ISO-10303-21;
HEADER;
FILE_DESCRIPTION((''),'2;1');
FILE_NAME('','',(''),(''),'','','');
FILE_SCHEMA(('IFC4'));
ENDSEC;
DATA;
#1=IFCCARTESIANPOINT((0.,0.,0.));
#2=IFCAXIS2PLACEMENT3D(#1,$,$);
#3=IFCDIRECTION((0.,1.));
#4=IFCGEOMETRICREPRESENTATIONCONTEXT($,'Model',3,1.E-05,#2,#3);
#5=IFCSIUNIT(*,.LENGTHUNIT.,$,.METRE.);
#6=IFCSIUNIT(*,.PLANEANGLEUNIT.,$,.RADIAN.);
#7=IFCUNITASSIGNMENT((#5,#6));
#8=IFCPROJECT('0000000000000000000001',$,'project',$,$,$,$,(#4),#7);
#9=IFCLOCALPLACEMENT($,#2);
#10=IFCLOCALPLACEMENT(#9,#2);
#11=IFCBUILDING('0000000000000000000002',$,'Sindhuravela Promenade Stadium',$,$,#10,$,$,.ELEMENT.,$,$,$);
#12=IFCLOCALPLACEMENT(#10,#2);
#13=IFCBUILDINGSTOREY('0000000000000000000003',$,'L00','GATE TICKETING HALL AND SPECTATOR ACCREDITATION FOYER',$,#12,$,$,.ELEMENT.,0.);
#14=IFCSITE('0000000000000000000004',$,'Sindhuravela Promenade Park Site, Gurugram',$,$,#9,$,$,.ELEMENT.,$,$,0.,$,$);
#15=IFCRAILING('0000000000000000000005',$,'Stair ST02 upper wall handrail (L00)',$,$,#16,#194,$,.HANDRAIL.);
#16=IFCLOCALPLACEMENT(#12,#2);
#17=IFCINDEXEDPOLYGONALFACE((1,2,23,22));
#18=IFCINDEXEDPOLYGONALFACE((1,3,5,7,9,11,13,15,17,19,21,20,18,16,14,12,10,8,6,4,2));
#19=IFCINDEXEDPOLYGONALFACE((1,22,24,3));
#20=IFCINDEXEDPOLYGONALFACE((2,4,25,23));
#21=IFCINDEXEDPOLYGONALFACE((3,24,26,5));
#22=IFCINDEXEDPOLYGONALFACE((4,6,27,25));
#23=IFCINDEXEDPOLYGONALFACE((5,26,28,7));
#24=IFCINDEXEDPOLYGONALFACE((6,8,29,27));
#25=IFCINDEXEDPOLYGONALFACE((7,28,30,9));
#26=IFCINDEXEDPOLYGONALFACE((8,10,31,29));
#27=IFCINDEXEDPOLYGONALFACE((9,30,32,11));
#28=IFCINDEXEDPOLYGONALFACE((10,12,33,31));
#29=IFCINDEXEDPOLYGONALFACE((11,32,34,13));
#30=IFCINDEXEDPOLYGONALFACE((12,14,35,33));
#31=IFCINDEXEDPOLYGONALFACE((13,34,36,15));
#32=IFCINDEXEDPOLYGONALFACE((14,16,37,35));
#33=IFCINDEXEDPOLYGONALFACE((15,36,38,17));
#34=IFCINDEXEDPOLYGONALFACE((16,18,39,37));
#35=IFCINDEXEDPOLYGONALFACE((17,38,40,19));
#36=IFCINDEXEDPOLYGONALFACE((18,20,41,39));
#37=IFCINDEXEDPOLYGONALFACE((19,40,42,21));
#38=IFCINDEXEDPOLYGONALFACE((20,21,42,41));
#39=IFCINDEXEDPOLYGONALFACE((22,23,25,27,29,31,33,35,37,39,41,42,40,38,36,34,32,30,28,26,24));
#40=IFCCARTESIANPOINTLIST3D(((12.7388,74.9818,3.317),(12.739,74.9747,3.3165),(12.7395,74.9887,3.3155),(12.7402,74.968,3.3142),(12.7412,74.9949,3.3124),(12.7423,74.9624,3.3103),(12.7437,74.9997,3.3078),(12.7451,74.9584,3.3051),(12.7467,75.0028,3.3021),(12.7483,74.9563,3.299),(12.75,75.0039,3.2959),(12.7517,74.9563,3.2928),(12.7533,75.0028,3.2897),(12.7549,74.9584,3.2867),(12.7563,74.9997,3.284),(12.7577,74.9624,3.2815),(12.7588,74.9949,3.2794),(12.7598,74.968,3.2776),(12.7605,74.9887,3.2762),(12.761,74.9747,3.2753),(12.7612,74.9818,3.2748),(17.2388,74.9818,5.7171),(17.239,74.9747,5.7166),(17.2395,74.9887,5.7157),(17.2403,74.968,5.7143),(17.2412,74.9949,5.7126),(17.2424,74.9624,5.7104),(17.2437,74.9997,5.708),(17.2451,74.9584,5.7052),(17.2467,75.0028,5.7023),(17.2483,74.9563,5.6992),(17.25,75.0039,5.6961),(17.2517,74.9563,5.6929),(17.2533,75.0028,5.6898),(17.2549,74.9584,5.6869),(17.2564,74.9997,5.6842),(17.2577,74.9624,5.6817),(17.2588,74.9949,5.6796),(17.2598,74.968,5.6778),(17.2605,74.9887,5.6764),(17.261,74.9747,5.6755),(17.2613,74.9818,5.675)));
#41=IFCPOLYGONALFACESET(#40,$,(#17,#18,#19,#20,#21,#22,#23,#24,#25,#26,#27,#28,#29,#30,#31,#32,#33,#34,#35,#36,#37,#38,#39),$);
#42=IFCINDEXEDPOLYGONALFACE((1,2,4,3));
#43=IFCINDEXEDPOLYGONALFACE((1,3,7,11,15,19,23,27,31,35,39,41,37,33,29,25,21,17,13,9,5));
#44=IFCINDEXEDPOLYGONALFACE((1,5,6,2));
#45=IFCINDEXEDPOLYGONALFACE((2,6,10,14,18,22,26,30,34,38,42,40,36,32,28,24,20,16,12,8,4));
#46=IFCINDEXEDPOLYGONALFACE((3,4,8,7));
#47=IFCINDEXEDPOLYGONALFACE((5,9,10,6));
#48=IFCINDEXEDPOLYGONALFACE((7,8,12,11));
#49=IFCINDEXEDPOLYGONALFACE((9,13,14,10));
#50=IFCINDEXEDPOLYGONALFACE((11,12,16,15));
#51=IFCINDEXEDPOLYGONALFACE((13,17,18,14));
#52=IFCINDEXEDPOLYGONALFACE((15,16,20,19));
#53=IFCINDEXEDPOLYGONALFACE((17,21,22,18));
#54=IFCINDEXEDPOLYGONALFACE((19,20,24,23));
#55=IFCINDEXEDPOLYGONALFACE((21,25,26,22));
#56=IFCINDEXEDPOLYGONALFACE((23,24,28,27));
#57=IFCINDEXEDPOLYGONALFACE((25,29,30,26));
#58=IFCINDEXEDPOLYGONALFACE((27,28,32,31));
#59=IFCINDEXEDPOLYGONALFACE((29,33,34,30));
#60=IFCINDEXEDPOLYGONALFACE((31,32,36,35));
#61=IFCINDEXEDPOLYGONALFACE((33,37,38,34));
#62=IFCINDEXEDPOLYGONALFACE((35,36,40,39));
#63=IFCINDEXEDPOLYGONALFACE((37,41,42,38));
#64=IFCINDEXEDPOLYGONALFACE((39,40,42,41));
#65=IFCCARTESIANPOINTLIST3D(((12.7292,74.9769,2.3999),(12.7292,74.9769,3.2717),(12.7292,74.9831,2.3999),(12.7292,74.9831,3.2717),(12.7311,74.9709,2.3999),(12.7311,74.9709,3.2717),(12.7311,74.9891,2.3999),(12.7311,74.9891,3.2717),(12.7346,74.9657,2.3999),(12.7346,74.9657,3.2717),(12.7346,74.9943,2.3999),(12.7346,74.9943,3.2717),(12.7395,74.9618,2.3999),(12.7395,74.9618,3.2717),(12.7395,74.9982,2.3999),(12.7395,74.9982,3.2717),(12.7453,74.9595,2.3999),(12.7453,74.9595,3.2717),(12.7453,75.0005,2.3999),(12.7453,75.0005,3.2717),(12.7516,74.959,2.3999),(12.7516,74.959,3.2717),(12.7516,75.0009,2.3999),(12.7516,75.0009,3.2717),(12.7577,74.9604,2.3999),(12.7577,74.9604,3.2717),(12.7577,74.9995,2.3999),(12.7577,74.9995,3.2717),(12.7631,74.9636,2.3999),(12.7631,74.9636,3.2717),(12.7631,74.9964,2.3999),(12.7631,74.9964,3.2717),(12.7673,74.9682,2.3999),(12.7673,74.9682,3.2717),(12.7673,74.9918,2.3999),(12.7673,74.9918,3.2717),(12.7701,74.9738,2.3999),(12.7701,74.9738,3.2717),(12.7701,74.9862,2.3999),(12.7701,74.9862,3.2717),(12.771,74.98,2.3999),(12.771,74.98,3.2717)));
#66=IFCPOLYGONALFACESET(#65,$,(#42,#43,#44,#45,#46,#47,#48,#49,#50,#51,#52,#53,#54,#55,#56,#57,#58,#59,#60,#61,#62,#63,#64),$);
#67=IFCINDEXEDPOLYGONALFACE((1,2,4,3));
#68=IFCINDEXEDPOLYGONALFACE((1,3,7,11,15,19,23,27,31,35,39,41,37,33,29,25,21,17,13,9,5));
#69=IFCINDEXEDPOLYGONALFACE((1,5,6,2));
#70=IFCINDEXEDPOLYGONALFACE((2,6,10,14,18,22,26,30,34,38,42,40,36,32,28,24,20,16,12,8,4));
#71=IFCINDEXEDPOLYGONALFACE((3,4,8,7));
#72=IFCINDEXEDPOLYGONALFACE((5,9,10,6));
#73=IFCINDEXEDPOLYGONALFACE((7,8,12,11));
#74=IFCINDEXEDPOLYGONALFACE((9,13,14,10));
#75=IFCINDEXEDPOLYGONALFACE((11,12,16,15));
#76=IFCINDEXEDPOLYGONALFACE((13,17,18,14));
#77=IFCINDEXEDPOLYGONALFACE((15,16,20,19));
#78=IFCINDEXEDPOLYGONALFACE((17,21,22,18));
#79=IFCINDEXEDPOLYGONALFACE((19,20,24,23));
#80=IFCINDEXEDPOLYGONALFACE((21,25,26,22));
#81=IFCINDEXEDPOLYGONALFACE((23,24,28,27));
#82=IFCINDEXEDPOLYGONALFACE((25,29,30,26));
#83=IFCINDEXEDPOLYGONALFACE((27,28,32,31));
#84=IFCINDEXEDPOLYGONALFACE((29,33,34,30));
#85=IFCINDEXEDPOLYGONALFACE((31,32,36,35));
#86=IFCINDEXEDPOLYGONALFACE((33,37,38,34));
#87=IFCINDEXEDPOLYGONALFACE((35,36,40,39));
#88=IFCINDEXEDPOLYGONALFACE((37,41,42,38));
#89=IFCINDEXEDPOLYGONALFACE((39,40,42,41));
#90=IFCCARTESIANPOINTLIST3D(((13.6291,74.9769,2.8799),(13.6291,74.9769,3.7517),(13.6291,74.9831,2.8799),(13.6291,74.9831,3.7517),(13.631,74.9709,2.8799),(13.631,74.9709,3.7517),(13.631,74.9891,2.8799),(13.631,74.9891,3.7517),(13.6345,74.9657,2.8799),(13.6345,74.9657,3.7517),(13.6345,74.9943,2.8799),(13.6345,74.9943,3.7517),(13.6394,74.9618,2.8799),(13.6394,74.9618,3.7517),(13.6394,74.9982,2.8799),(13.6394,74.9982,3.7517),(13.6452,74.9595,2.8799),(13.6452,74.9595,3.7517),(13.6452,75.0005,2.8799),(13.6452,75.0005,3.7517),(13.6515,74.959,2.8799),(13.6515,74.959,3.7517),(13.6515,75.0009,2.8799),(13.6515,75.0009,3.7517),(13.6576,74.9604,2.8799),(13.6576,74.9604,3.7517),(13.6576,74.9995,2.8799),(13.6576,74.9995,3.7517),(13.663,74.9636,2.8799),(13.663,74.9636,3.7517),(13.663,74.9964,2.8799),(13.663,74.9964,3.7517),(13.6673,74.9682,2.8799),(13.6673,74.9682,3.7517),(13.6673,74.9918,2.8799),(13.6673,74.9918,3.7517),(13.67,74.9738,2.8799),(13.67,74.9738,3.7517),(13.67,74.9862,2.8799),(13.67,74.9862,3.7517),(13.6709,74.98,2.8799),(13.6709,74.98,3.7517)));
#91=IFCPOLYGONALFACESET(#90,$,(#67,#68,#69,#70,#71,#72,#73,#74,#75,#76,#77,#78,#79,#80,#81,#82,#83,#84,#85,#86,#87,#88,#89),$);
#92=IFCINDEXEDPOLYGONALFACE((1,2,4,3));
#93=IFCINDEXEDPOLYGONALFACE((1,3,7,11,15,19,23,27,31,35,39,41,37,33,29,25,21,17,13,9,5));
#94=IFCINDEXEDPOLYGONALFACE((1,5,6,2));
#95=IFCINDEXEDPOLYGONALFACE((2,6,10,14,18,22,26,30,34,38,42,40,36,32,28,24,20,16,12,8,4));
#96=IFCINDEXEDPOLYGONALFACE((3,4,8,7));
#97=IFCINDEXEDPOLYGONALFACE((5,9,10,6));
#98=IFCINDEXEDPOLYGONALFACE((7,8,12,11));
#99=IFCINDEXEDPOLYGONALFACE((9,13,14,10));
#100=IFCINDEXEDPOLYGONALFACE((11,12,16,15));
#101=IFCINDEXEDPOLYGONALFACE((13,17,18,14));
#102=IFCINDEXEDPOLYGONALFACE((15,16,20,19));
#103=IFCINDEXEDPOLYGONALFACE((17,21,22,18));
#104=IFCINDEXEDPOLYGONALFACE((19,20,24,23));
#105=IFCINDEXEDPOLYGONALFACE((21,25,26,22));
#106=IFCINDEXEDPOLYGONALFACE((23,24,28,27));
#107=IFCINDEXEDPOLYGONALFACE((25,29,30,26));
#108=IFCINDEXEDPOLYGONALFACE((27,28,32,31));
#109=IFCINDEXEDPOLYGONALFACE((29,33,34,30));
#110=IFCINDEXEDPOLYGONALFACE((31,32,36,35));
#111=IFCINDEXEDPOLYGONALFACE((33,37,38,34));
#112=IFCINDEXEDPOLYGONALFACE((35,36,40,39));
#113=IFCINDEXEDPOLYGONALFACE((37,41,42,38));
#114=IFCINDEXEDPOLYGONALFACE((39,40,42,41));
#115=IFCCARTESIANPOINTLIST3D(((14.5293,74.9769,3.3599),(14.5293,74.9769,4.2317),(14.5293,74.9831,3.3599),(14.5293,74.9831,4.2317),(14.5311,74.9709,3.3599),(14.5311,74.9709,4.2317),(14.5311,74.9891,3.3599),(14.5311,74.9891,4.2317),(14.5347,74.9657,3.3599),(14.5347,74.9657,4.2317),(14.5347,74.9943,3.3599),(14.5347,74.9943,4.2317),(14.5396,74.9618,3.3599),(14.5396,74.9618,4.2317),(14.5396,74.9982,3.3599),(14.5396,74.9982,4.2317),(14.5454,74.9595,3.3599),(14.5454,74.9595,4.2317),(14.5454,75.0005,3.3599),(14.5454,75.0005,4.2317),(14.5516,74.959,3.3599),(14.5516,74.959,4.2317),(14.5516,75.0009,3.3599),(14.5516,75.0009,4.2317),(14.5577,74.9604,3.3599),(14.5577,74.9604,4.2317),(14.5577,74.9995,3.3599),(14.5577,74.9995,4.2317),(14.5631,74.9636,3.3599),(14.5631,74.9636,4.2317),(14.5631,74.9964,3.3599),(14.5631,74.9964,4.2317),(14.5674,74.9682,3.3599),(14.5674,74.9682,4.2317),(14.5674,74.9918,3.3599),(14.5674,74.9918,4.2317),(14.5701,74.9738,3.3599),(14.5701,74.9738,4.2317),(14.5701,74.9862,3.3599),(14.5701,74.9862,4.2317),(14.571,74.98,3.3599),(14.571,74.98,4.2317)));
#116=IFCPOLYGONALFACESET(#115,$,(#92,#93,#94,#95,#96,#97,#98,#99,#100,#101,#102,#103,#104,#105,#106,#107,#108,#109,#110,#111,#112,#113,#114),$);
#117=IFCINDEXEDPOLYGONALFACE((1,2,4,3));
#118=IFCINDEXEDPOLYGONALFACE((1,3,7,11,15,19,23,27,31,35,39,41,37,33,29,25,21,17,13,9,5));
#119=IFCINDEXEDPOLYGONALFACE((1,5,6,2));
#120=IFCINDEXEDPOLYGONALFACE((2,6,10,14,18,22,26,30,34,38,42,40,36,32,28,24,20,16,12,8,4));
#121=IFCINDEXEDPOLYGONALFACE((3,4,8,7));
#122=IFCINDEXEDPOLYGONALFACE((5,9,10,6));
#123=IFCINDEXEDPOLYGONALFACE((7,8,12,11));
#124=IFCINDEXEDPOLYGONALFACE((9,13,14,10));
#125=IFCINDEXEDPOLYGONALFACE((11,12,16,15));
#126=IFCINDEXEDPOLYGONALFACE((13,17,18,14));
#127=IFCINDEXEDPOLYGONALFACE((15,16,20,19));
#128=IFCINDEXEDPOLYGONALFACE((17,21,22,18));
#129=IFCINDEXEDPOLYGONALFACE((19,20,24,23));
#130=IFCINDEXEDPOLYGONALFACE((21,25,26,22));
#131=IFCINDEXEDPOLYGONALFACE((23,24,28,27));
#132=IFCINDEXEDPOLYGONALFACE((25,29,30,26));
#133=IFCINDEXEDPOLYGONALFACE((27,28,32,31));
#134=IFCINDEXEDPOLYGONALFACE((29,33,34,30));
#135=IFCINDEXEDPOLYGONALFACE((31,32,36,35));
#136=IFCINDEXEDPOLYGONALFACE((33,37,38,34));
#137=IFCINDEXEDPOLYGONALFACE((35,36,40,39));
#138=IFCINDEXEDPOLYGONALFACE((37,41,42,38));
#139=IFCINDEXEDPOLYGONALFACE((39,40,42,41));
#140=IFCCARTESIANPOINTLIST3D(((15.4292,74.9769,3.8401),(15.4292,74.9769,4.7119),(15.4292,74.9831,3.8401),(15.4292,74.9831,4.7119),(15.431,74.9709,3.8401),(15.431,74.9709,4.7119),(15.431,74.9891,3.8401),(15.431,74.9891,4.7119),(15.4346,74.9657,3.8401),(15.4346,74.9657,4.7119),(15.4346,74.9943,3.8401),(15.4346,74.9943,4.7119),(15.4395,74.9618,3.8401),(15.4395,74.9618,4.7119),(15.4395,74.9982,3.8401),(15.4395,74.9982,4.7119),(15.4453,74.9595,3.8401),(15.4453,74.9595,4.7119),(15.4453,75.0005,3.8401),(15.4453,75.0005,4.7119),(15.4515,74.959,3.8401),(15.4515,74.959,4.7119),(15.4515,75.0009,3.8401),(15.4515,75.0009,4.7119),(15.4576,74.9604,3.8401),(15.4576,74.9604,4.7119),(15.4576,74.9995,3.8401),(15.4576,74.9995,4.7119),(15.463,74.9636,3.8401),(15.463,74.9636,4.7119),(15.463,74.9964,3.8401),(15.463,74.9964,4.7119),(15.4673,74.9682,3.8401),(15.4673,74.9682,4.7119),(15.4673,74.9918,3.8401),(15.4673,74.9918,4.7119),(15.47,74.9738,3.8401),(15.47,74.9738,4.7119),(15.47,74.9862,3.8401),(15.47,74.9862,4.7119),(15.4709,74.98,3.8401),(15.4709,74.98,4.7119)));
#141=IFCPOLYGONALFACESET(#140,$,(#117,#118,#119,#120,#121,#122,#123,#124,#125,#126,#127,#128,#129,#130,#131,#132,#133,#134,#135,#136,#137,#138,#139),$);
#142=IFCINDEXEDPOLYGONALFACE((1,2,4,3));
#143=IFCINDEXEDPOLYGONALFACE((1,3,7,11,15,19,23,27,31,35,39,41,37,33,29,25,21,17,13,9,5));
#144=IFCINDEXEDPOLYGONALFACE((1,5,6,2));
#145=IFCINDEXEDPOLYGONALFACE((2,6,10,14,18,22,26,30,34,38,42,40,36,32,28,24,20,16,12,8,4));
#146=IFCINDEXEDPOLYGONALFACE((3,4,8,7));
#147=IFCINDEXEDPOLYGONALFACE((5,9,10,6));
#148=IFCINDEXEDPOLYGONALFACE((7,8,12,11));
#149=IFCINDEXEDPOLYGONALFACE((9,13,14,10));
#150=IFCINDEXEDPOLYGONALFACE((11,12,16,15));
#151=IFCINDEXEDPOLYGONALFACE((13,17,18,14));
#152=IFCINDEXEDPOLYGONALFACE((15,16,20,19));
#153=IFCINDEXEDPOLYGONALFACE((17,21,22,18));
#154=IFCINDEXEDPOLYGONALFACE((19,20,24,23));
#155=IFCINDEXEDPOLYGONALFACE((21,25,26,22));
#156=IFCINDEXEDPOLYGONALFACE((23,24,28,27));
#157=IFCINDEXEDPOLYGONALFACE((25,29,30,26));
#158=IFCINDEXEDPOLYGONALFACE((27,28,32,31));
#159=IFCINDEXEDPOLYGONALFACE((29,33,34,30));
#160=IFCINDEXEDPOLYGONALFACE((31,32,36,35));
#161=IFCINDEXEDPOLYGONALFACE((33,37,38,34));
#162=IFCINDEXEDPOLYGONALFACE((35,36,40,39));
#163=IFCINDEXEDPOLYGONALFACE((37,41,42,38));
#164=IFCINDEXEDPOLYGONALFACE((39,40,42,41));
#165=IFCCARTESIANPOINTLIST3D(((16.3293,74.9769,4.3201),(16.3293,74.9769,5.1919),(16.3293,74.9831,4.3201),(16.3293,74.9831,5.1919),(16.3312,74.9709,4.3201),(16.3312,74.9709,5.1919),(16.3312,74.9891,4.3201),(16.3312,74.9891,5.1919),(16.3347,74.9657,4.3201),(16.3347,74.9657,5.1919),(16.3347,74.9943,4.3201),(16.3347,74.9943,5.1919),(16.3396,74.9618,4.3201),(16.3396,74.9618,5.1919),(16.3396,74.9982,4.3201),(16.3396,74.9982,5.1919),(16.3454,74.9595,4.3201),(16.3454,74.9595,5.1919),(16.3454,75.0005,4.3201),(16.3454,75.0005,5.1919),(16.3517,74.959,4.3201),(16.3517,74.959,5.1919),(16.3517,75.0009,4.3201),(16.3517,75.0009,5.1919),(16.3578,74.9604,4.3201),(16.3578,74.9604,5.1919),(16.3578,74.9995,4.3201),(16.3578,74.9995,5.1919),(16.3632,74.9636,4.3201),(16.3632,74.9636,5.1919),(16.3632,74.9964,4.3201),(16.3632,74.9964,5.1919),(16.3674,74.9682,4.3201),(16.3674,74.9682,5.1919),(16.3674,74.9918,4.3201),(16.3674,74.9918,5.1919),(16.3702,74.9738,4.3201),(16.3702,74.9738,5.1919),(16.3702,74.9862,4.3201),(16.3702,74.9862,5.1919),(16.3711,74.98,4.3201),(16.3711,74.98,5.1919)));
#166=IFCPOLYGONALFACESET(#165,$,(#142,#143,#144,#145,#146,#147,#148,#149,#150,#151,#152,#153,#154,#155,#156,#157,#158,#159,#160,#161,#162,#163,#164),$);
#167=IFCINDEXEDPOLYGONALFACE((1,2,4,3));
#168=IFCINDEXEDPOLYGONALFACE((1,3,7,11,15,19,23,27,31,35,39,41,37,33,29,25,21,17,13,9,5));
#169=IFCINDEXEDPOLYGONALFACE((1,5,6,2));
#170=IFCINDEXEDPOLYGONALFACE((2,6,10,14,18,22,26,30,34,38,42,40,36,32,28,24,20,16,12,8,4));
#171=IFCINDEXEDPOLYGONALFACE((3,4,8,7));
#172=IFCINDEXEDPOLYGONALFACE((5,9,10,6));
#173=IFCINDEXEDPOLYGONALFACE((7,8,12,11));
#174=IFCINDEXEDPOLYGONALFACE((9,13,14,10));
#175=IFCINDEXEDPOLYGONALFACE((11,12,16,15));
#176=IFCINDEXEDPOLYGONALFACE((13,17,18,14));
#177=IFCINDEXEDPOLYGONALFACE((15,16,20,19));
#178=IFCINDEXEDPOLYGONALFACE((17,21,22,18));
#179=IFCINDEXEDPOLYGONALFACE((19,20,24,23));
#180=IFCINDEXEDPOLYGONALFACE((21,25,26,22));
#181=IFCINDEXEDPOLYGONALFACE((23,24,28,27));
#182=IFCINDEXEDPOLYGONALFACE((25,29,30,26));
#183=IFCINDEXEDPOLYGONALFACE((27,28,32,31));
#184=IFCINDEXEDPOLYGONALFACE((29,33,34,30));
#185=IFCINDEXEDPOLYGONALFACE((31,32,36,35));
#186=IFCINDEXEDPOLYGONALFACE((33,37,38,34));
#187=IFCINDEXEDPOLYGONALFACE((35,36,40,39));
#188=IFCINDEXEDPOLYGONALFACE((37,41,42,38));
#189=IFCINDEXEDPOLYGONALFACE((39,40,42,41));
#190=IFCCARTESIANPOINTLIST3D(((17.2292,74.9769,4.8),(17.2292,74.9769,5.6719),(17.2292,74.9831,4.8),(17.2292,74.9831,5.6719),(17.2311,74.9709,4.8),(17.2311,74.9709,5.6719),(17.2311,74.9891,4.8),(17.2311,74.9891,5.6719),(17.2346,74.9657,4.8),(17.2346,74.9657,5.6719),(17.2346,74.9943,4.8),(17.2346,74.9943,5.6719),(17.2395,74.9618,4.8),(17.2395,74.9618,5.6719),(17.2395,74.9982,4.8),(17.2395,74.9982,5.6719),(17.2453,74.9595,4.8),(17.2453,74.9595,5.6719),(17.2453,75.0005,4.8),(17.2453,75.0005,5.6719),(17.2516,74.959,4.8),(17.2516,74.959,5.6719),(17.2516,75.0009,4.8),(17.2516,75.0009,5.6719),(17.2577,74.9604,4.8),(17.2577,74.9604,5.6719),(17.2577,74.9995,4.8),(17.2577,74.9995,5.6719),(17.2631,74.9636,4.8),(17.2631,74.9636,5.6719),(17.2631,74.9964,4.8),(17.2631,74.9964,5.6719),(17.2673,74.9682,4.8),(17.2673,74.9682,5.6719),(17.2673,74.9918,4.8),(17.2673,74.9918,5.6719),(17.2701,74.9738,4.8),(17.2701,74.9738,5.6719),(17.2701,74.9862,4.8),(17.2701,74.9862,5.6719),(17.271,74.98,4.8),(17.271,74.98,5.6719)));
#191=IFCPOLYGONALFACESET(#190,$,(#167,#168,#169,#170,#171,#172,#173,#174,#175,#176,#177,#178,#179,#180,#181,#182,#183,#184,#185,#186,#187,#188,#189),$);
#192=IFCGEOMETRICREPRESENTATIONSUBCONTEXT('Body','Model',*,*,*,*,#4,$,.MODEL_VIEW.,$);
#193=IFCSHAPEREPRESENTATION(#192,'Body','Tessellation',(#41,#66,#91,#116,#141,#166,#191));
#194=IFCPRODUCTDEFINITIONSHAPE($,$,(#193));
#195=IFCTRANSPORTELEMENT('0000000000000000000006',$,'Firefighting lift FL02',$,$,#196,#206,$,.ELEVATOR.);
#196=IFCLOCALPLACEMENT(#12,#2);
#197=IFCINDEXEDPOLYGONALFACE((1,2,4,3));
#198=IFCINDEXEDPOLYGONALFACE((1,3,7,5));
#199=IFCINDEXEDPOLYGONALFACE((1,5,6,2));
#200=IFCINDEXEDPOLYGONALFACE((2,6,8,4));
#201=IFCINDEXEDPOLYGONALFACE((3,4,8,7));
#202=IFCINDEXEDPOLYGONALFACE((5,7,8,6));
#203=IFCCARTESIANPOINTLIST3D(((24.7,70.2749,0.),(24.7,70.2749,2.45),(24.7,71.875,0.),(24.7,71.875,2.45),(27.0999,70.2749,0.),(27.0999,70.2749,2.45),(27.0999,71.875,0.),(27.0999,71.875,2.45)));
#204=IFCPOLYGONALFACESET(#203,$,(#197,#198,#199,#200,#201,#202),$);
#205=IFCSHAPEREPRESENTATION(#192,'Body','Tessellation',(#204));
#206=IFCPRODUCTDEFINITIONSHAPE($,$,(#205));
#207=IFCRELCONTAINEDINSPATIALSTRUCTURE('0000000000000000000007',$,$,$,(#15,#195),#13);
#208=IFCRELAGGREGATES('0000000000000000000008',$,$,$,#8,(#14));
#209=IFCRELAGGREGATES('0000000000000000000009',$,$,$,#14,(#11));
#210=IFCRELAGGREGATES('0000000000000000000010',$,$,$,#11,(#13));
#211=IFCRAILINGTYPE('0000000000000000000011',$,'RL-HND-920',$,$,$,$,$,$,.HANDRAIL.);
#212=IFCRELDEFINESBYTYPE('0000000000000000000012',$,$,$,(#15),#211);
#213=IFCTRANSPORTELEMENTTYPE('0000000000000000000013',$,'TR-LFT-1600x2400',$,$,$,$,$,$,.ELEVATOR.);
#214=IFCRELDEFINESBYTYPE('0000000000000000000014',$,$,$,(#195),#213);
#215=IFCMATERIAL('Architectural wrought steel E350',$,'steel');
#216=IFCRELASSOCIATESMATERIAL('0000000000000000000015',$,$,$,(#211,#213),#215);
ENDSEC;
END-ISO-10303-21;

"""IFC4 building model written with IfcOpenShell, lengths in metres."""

from ifc_helpers import new_model, si_unit, direction, frame, origin, origin_2d, place, context, subcontext, project, spatial, rectangle, circle, extrude, material, type_object, element, save


model = new_model("IFC4")

# Units and contexts
model_context = context("Model", 3, precision=1e-05, world=origin(), true_north=direction((0.0, 1.0)))
body_context = subcontext(model_context, "Body", "Model", "MODEL_VIEW")
ifc_project = project(units=[si_unit("LENGTHUNIT", "METRE"), si_unit("PLANEANGLEUNIT", "RADIAN")], contexts=[model_context])

# Site, building, storey
site_placement = place(None, origin())
site = spatial("IfcSite", under=ifc_project, at=site_placement, Name="Sindhuravela Promenade Park Site, Gurugram", CompositionType="ELEMENT", RefElevation=0.0)
building_placement = place(site_placement, origin())
building = spatial("IfcBuilding", under=site, at=building_placement, Name="Sindhuravela Promenade Stadium", CompositionType="ELEMENT")
storey_placement = place(building_placement, origin())
storey = spatial("IfcBuildingStorey", under=building, at=storey_placement, Name="L00", Description="GATE TICKETING HALL AND SPECTATOR ACCREDITATION FOYER", CompositionType="ELEMENT", Elevation=0.0)

# Shared definitions
ifc_material_1 = material(Name="Architectural wrought steel E350", Category="steel")

# Railing
railing_type_1 = type_object("IfcRailingType", Name="RL-HND-920", PredefinedType="HANDRAIL", material=ifc_material_1)
railing_1_placement = place(storey_placement, frame((12.75, 74.98, 2.3999)))
element("IfcRailing", 1, at=railing_1_placement, inside=storey, type_object=railing_type_1, Name="Stair ST02 upper wall handrail (L00)", PredefinedType="HANDRAIL", context=body_context, shape_type="SweptSolid", body=[
    extrude(circle(Radius=0.0239, at=origin_2d()), frame((0.0, 0.0, 0.896), z_axis=(0.882341, 0.0, 0.470611), x_axis=(0.0, 1.0, 0.0)), (0.0, 0.0, 1.0), 5.1001),
    extrude(circle(Radius=0.021, at=origin_2d()), origin(), (0.0, 0.0, 1.0), 0.8718),
    extrude(circle(Radius=0.021, at=origin_2d()), frame((0.8999, 0.0, 0.48)), (0.0, 0.0, 1.0), 0.8718),
    extrude(circle(Radius=0.021, at=origin_2d()), frame((1.8, 0.0, 0.96)), (0.0, 0.0, 1.0), 0.8718),
    extrude(circle(Radius=0.021, at=origin_2d()), frame((2.7, 0.0, 1.4402)), (0.0, 0.0, 1.0), 0.8718),
    extrude(circle(Radius=0.021, at=origin_2d()), frame((3.6001, 0.0, 1.9202)), (0.0, 0.0, 1.0), 0.8718),
    extrude(circle(Radius=0.021, at=origin_2d()), frame((4.5, 0.0, 2.4001)), (0.0, 0.0, 1.0), 0.8718),
])

# Transport element
transport_element_type = type_object("IfcTransportElementType", Name="TR-LFT-1600x2400", PredefinedType="ELEVATOR", material=ifc_material_1)
transport_element_placement = place(storey_placement, frame((25.8999, 71.075, 0.0), z_axis=(0.0, 0.0, 1.0), x_axis=(1.0, 0.0, 0.0)))
element("IfcTransportElement", 2, at=transport_element_placement, inside=storey, type_object=transport_element_type, Name="Firefighting lift FL02", PredefinedType="ELEVATOR", context=body_context, shape_type="SweptSolid", body=[
    extrude(rectangle(XDim=2.3999, YDim=1.6001, at=origin_2d()), origin(), (0.0, 0.0, 1.0), 2.45),
])

save(model, "model.ifc")
